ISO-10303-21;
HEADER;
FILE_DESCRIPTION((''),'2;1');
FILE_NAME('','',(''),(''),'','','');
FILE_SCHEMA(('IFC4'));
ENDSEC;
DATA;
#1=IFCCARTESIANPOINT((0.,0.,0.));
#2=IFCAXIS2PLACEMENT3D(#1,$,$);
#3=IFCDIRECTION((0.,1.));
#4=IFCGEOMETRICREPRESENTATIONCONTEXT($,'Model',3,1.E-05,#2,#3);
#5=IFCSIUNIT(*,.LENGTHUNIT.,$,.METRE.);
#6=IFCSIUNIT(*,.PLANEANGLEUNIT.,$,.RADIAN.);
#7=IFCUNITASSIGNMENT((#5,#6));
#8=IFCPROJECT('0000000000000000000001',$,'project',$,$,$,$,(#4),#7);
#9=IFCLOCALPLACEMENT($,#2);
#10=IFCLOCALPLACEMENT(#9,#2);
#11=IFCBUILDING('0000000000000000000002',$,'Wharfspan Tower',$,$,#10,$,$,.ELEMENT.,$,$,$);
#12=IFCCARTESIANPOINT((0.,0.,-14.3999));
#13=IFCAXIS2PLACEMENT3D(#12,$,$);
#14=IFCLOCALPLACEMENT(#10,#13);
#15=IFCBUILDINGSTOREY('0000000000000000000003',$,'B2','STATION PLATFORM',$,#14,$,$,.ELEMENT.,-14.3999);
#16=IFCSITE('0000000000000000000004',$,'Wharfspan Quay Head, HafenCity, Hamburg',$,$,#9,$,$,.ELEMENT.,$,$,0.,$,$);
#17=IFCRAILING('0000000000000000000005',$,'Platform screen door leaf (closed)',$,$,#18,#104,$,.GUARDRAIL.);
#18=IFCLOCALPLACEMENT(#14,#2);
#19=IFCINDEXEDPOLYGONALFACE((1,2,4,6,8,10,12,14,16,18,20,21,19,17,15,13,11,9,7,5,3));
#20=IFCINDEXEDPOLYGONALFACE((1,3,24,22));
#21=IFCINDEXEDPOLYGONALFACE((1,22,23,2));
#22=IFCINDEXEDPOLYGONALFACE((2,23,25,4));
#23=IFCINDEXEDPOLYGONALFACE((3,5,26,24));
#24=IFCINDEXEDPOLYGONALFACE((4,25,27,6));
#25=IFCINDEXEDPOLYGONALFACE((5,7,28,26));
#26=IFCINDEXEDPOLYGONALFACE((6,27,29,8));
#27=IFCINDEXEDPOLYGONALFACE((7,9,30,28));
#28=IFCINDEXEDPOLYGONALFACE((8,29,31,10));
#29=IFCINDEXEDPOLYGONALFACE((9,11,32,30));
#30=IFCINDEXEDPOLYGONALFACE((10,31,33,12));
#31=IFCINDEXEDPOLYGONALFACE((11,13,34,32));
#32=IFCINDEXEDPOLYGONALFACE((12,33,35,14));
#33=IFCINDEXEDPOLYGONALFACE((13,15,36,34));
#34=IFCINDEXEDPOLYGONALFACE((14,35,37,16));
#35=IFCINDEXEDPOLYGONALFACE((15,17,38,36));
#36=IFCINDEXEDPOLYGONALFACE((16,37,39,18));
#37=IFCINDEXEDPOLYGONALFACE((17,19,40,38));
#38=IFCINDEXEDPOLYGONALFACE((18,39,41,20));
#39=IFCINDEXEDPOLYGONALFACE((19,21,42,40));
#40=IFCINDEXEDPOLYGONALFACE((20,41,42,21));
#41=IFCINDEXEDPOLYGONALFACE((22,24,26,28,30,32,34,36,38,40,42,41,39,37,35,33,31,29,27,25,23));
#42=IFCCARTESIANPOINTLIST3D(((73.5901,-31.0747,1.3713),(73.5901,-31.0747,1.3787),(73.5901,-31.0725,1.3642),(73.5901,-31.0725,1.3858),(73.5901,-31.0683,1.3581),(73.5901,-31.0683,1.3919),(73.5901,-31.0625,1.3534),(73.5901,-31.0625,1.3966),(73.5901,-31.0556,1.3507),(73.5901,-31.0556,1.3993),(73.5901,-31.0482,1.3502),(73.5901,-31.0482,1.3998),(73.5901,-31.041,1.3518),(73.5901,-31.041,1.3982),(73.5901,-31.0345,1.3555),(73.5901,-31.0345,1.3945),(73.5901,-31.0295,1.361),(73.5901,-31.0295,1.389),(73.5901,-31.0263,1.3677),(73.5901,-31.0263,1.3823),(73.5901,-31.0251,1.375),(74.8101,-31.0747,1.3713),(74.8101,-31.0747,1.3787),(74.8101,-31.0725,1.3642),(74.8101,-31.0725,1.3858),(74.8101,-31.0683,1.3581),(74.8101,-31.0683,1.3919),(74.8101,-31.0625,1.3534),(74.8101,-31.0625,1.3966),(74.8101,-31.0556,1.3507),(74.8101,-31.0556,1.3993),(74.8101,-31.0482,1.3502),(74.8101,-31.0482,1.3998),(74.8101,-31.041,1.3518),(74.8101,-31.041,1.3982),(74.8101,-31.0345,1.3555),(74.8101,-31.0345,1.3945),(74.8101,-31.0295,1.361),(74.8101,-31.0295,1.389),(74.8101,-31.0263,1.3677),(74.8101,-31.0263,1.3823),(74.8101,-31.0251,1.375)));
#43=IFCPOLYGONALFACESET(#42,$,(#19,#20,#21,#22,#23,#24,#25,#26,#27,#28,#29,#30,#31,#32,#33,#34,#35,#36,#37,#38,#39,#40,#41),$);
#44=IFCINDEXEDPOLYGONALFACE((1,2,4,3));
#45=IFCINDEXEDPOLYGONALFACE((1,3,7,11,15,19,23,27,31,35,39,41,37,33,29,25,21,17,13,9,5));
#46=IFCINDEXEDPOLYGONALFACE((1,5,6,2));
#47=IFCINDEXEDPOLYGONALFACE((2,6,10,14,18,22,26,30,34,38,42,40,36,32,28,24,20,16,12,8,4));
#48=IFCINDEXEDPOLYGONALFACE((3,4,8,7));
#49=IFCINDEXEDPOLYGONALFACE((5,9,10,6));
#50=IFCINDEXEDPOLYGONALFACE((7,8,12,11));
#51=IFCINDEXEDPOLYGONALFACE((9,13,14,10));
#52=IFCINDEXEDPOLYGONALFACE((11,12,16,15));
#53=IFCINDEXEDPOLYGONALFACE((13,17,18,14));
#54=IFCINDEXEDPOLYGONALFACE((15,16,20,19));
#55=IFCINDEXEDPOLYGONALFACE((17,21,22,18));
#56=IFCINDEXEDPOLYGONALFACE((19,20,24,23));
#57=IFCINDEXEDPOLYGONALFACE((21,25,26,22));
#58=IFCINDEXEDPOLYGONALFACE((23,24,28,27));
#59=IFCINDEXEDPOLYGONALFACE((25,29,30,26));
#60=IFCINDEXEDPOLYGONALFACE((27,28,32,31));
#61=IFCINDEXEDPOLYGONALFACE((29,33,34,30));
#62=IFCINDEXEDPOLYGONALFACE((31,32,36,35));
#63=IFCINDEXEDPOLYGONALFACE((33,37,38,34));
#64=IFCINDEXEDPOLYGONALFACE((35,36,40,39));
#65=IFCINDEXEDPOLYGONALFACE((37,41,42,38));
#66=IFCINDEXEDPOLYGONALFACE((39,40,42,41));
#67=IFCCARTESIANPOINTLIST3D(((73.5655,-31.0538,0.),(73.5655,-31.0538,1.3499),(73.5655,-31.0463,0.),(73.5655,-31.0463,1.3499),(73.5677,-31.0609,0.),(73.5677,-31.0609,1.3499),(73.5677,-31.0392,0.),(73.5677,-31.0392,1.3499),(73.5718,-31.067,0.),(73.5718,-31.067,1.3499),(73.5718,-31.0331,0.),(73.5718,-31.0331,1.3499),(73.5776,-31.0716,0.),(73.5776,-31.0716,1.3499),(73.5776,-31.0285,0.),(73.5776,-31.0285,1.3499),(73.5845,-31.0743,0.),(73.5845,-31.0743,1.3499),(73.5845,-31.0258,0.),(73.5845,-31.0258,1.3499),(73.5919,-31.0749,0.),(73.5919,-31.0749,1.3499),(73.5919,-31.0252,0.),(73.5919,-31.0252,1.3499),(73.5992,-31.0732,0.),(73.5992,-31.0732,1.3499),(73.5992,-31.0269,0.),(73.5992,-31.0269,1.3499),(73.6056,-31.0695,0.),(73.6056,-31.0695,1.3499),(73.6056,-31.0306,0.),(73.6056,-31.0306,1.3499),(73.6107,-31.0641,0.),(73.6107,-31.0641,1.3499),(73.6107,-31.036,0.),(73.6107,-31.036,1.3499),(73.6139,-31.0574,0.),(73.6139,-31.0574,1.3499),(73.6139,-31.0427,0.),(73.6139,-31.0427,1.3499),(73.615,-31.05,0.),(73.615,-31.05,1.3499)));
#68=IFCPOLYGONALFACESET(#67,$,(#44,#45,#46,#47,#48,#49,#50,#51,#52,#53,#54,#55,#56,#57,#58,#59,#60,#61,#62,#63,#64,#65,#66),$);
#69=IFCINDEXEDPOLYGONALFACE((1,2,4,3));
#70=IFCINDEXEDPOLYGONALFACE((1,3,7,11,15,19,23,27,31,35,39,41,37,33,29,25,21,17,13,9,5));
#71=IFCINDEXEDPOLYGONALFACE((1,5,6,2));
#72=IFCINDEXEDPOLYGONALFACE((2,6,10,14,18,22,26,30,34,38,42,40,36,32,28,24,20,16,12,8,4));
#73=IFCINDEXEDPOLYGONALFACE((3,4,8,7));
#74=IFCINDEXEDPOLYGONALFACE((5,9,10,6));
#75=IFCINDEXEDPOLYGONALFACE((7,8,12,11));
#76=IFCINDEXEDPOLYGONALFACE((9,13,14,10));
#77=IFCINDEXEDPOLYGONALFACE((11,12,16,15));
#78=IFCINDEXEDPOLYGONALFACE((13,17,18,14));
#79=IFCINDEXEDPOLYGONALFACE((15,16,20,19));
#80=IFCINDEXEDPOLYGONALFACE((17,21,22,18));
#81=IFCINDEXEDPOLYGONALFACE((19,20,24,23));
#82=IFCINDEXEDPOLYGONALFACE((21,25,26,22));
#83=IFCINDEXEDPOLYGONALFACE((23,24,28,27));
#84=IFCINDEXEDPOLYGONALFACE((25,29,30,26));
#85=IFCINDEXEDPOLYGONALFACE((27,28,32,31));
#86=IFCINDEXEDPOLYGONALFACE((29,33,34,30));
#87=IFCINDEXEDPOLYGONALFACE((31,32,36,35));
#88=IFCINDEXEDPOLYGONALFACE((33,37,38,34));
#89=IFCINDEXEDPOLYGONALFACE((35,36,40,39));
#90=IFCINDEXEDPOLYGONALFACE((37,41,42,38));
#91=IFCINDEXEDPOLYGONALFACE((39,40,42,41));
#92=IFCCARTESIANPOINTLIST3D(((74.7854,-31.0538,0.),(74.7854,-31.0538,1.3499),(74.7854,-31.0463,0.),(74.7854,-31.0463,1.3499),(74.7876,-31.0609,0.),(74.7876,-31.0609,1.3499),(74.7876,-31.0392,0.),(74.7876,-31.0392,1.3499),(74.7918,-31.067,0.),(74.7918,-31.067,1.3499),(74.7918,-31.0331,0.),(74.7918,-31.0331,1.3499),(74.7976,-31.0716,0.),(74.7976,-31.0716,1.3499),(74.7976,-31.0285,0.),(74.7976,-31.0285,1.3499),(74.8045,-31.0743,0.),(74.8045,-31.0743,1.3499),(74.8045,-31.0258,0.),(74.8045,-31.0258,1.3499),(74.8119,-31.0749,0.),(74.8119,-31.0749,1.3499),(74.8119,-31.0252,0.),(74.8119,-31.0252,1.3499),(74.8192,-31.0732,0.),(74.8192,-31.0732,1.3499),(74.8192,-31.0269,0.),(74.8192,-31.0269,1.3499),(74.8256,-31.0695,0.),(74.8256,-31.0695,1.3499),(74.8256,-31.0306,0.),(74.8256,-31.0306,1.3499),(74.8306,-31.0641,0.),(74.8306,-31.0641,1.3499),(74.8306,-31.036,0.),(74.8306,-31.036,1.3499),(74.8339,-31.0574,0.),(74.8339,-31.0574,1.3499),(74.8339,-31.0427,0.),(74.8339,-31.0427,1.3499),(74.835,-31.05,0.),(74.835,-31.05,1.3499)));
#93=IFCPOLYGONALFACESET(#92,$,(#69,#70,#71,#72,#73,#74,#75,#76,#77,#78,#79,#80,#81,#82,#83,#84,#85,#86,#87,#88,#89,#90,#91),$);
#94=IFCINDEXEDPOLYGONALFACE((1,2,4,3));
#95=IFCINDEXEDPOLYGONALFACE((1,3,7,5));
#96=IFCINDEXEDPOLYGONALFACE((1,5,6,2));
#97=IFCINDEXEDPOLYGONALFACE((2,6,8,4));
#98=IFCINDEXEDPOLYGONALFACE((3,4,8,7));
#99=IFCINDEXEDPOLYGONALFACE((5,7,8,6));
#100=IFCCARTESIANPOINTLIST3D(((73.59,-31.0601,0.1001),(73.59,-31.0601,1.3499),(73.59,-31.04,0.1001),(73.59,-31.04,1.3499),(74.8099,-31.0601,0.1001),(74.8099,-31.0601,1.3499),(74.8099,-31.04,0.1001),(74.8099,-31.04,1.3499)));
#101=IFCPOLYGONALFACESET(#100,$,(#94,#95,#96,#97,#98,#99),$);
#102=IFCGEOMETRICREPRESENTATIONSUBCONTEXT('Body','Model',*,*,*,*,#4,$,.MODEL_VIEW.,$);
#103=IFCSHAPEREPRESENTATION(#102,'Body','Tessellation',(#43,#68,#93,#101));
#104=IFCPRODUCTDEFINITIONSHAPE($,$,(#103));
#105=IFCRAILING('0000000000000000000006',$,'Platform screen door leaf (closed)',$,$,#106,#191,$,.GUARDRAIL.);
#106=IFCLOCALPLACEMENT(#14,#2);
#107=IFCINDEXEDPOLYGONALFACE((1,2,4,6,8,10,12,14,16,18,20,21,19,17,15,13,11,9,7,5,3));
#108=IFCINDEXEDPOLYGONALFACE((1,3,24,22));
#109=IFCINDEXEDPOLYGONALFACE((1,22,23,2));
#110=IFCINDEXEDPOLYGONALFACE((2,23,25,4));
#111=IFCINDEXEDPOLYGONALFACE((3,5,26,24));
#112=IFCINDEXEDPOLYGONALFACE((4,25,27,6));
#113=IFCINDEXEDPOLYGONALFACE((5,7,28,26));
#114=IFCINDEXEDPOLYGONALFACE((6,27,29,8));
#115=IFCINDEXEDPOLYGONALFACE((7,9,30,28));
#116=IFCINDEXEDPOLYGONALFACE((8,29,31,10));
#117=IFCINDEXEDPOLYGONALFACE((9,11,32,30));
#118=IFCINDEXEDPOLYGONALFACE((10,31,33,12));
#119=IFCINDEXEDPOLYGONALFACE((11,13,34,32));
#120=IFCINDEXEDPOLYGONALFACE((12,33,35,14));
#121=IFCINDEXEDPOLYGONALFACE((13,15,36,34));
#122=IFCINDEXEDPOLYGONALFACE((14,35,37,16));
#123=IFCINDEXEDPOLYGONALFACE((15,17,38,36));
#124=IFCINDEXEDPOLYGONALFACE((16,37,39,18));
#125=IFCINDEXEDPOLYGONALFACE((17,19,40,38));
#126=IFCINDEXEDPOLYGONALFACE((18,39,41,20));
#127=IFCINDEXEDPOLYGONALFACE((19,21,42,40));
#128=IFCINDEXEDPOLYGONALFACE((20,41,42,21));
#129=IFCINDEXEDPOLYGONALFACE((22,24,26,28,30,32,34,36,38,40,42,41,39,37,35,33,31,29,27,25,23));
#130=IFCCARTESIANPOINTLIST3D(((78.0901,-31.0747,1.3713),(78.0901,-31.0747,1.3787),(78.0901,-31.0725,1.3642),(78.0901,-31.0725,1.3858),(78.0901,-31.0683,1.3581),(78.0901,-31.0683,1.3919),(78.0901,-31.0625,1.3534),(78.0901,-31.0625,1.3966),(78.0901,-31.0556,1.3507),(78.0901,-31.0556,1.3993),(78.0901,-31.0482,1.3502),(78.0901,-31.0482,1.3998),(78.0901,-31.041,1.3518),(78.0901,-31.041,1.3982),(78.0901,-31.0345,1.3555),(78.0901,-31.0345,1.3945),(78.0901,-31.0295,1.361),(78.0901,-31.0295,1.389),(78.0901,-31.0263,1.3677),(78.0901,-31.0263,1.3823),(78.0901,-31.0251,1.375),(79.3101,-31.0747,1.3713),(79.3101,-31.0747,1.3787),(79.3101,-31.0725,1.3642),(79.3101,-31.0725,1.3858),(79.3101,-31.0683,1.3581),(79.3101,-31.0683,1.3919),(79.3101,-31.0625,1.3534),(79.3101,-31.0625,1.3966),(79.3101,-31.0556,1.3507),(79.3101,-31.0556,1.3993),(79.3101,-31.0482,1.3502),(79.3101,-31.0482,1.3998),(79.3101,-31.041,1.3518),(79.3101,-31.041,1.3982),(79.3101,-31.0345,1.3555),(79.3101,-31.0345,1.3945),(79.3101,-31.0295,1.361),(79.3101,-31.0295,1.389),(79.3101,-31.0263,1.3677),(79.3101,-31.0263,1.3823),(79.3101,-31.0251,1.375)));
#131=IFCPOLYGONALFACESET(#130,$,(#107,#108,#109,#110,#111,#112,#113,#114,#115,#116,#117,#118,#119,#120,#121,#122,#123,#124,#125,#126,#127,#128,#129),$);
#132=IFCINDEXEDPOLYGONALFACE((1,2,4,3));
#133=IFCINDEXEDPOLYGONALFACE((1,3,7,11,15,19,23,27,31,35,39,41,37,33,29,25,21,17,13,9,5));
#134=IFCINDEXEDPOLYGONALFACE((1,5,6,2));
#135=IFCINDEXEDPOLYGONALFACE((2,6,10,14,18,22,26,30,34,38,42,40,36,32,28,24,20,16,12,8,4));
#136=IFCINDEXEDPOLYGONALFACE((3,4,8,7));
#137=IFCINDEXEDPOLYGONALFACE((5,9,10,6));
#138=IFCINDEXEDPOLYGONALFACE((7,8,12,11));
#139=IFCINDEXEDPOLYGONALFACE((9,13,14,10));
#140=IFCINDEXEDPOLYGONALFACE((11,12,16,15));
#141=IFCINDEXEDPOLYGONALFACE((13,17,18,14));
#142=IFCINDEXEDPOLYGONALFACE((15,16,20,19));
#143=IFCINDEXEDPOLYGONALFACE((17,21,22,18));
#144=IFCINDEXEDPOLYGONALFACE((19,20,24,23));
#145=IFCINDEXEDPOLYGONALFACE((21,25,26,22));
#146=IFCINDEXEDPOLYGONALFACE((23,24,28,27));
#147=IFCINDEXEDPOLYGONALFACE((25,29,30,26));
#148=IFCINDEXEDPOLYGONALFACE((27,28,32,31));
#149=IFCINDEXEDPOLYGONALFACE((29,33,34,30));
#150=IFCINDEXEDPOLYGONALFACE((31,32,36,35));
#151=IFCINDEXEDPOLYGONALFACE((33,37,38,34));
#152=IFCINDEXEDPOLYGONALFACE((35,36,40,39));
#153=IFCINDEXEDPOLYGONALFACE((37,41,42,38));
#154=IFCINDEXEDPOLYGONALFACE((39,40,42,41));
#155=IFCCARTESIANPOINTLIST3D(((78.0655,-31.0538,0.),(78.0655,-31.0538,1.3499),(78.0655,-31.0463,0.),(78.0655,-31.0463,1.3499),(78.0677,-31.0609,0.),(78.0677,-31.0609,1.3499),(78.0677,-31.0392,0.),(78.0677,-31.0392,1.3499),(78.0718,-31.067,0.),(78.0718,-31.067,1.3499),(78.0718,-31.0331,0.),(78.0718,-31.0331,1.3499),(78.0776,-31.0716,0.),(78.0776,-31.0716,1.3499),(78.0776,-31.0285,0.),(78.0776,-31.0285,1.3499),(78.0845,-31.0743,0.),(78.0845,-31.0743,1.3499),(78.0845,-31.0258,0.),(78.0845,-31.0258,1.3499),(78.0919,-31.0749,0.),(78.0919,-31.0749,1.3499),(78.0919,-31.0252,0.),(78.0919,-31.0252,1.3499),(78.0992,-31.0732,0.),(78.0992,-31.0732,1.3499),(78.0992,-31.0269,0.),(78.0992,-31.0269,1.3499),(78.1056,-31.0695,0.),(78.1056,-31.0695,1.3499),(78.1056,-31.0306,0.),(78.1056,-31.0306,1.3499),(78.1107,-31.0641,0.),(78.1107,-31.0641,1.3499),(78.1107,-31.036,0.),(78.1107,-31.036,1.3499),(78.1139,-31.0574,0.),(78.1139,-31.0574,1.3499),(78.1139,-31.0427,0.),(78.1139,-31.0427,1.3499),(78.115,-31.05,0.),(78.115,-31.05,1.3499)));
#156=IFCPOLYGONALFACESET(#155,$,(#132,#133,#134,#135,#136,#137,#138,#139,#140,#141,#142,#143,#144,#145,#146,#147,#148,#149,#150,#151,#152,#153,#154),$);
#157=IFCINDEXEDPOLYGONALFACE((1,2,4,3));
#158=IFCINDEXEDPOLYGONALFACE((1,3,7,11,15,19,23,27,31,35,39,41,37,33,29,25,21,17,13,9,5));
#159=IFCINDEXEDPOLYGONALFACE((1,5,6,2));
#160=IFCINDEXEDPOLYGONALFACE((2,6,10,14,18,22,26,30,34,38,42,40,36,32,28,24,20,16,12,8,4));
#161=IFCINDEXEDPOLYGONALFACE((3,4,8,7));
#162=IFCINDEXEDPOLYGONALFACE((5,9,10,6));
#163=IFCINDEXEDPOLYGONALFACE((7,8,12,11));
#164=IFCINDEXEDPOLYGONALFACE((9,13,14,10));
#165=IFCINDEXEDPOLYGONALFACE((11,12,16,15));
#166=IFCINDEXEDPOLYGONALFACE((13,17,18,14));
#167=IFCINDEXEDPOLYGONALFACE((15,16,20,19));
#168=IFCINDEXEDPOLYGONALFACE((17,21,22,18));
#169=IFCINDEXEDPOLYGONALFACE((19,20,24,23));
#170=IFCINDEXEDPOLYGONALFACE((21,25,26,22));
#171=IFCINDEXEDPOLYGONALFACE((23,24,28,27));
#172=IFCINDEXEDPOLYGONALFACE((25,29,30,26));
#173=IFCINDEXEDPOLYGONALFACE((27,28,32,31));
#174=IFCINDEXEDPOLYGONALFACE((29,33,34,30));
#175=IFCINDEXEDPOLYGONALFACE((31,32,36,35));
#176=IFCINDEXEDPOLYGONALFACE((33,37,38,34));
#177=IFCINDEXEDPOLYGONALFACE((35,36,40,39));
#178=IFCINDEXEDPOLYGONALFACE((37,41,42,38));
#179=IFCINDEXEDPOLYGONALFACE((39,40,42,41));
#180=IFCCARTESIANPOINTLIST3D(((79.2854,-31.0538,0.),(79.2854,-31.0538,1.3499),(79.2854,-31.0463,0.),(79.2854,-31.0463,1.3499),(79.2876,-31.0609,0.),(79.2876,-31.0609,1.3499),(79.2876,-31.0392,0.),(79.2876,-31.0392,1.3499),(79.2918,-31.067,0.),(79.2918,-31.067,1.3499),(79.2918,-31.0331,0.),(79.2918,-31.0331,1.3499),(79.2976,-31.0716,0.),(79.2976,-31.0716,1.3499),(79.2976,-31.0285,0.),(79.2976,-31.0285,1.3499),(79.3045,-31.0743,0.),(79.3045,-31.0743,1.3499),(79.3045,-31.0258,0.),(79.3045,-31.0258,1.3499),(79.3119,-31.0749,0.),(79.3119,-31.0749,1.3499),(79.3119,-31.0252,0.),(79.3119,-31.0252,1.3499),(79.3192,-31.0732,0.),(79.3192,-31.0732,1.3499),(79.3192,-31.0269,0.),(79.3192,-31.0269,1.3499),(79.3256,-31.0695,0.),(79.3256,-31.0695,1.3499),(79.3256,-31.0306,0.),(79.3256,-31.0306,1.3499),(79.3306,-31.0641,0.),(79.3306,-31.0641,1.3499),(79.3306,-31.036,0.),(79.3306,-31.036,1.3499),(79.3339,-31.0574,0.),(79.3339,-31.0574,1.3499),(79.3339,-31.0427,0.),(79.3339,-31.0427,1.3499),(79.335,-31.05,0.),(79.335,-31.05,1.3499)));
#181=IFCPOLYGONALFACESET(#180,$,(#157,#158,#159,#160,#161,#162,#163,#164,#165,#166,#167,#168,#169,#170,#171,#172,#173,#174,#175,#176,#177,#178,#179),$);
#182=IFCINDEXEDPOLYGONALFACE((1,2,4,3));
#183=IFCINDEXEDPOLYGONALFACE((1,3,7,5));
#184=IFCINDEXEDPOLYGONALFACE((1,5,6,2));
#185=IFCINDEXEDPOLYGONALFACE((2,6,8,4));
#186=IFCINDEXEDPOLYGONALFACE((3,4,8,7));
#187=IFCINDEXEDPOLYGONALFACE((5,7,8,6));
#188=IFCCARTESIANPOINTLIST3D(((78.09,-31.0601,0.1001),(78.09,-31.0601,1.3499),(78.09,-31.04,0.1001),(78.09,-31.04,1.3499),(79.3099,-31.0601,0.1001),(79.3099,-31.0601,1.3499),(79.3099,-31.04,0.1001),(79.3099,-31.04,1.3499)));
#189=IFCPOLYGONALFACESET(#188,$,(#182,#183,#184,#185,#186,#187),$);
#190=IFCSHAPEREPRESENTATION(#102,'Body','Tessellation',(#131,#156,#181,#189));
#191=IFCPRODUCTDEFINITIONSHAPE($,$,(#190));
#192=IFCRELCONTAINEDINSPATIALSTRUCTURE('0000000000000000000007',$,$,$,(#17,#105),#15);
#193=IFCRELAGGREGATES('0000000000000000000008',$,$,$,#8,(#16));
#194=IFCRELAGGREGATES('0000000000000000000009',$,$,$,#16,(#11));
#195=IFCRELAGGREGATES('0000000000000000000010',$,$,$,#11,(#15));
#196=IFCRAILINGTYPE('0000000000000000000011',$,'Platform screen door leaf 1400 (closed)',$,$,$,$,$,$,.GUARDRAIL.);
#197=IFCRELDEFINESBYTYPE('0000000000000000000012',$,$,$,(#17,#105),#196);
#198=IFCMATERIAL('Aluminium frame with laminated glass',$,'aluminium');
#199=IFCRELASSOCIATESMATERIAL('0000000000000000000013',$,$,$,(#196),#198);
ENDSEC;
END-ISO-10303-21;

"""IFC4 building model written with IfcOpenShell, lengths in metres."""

from ifc_helpers import new_model, si_unit, direction, frame, origin, origin_2d, place, context, subcontext, project, spatial, rectangle, circle, extrude, material, type_object, element, save


model = new_model("IFC4")

# Units and contexts
model_context = context("Model", 3, precision=1e-05, world=origin(), true_north=direction((0.0, 1.0)))
body_context = subcontext(model_context, "Body", "Model", "MODEL_VIEW")
ifc_project = project(units=[si_unit("LENGTHUNIT", "METRE"), si_unit("PLANEANGLEUNIT", "RADIAN")], contexts=[model_context])

# Site, building, storey
site_placement = place(None, origin())
site = spatial("IfcSite", under=ifc_project, at=site_placement, Name="Wharfspan Quay Head, HafenCity, Hamburg", CompositionType="ELEMENT", RefElevation=0.0)
building_placement = place(site_placement, origin())
building = spatial("IfcBuilding", under=site, at=building_placement, Name="Wharfspan Tower", CompositionType="ELEMENT")
storey_placement = place(building_placement, frame((0.0, 0.0, -14.3999)))
storey = spatial("IfcBuildingStorey", under=building, at=storey_placement, Name="B2", Description="STATION PLATFORM", CompositionType="ELEMENT", Elevation=-14.3999)

# Railings
ifc_material_1 = material(Name="Aluminium frame with laminated glass", Category="aluminium")
railing_type_1 = type_object("IfcRailingType", Name="Platform screen door leaf 1400 (closed)", PredefinedType="GUARDRAIL", material=ifc_material_1)
for number, where, name in (
    (1, (73.5901, -31.05, 0.0), "Platform screen door leaf (closed)"),
    (2, (78.0901, -31.05, 0.0), "Platform screen door leaf (closed)"),
):
    element("IfcRailing", number, at=place(storey_placement, frame(where)), inside=storey, type_object=railing_type_1, Name=name, PredefinedType="GUARDRAIL", context=body_context, shape_type="SweptSolid", body=[
        extrude(circle(Radius=0.0249, at=origin_2d()), frame((0.0, 0.0, 1.375), z_axis=(1.0, 0.0, 0.0), x_axis=(0.0, 1.0, 0.0)), (0.0, 0.0, 1.0), 1.22),
        extrude(circle(Radius=0.0249, at=origin_2d()), origin(), (0.0, 0.0, 1.0), 1.3499),
        extrude(circle(Radius=0.0249, at=origin_2d()), frame((1.22, 0.0, 0.0)), (0.0, 0.0, 1.0), 1.3499),
        extrude(rectangle(XDim=1.22, YDim=0.02, at=origin_2d()), frame((0.6099, 0.0, 0.1001), z_axis=(0.0, 0.0, 1.0), x_axis=(1.0, 0.0, 0.0)), (0.0, 0.0, 1.0), 1.2498),
    ])

save(model, "model.ifc")
